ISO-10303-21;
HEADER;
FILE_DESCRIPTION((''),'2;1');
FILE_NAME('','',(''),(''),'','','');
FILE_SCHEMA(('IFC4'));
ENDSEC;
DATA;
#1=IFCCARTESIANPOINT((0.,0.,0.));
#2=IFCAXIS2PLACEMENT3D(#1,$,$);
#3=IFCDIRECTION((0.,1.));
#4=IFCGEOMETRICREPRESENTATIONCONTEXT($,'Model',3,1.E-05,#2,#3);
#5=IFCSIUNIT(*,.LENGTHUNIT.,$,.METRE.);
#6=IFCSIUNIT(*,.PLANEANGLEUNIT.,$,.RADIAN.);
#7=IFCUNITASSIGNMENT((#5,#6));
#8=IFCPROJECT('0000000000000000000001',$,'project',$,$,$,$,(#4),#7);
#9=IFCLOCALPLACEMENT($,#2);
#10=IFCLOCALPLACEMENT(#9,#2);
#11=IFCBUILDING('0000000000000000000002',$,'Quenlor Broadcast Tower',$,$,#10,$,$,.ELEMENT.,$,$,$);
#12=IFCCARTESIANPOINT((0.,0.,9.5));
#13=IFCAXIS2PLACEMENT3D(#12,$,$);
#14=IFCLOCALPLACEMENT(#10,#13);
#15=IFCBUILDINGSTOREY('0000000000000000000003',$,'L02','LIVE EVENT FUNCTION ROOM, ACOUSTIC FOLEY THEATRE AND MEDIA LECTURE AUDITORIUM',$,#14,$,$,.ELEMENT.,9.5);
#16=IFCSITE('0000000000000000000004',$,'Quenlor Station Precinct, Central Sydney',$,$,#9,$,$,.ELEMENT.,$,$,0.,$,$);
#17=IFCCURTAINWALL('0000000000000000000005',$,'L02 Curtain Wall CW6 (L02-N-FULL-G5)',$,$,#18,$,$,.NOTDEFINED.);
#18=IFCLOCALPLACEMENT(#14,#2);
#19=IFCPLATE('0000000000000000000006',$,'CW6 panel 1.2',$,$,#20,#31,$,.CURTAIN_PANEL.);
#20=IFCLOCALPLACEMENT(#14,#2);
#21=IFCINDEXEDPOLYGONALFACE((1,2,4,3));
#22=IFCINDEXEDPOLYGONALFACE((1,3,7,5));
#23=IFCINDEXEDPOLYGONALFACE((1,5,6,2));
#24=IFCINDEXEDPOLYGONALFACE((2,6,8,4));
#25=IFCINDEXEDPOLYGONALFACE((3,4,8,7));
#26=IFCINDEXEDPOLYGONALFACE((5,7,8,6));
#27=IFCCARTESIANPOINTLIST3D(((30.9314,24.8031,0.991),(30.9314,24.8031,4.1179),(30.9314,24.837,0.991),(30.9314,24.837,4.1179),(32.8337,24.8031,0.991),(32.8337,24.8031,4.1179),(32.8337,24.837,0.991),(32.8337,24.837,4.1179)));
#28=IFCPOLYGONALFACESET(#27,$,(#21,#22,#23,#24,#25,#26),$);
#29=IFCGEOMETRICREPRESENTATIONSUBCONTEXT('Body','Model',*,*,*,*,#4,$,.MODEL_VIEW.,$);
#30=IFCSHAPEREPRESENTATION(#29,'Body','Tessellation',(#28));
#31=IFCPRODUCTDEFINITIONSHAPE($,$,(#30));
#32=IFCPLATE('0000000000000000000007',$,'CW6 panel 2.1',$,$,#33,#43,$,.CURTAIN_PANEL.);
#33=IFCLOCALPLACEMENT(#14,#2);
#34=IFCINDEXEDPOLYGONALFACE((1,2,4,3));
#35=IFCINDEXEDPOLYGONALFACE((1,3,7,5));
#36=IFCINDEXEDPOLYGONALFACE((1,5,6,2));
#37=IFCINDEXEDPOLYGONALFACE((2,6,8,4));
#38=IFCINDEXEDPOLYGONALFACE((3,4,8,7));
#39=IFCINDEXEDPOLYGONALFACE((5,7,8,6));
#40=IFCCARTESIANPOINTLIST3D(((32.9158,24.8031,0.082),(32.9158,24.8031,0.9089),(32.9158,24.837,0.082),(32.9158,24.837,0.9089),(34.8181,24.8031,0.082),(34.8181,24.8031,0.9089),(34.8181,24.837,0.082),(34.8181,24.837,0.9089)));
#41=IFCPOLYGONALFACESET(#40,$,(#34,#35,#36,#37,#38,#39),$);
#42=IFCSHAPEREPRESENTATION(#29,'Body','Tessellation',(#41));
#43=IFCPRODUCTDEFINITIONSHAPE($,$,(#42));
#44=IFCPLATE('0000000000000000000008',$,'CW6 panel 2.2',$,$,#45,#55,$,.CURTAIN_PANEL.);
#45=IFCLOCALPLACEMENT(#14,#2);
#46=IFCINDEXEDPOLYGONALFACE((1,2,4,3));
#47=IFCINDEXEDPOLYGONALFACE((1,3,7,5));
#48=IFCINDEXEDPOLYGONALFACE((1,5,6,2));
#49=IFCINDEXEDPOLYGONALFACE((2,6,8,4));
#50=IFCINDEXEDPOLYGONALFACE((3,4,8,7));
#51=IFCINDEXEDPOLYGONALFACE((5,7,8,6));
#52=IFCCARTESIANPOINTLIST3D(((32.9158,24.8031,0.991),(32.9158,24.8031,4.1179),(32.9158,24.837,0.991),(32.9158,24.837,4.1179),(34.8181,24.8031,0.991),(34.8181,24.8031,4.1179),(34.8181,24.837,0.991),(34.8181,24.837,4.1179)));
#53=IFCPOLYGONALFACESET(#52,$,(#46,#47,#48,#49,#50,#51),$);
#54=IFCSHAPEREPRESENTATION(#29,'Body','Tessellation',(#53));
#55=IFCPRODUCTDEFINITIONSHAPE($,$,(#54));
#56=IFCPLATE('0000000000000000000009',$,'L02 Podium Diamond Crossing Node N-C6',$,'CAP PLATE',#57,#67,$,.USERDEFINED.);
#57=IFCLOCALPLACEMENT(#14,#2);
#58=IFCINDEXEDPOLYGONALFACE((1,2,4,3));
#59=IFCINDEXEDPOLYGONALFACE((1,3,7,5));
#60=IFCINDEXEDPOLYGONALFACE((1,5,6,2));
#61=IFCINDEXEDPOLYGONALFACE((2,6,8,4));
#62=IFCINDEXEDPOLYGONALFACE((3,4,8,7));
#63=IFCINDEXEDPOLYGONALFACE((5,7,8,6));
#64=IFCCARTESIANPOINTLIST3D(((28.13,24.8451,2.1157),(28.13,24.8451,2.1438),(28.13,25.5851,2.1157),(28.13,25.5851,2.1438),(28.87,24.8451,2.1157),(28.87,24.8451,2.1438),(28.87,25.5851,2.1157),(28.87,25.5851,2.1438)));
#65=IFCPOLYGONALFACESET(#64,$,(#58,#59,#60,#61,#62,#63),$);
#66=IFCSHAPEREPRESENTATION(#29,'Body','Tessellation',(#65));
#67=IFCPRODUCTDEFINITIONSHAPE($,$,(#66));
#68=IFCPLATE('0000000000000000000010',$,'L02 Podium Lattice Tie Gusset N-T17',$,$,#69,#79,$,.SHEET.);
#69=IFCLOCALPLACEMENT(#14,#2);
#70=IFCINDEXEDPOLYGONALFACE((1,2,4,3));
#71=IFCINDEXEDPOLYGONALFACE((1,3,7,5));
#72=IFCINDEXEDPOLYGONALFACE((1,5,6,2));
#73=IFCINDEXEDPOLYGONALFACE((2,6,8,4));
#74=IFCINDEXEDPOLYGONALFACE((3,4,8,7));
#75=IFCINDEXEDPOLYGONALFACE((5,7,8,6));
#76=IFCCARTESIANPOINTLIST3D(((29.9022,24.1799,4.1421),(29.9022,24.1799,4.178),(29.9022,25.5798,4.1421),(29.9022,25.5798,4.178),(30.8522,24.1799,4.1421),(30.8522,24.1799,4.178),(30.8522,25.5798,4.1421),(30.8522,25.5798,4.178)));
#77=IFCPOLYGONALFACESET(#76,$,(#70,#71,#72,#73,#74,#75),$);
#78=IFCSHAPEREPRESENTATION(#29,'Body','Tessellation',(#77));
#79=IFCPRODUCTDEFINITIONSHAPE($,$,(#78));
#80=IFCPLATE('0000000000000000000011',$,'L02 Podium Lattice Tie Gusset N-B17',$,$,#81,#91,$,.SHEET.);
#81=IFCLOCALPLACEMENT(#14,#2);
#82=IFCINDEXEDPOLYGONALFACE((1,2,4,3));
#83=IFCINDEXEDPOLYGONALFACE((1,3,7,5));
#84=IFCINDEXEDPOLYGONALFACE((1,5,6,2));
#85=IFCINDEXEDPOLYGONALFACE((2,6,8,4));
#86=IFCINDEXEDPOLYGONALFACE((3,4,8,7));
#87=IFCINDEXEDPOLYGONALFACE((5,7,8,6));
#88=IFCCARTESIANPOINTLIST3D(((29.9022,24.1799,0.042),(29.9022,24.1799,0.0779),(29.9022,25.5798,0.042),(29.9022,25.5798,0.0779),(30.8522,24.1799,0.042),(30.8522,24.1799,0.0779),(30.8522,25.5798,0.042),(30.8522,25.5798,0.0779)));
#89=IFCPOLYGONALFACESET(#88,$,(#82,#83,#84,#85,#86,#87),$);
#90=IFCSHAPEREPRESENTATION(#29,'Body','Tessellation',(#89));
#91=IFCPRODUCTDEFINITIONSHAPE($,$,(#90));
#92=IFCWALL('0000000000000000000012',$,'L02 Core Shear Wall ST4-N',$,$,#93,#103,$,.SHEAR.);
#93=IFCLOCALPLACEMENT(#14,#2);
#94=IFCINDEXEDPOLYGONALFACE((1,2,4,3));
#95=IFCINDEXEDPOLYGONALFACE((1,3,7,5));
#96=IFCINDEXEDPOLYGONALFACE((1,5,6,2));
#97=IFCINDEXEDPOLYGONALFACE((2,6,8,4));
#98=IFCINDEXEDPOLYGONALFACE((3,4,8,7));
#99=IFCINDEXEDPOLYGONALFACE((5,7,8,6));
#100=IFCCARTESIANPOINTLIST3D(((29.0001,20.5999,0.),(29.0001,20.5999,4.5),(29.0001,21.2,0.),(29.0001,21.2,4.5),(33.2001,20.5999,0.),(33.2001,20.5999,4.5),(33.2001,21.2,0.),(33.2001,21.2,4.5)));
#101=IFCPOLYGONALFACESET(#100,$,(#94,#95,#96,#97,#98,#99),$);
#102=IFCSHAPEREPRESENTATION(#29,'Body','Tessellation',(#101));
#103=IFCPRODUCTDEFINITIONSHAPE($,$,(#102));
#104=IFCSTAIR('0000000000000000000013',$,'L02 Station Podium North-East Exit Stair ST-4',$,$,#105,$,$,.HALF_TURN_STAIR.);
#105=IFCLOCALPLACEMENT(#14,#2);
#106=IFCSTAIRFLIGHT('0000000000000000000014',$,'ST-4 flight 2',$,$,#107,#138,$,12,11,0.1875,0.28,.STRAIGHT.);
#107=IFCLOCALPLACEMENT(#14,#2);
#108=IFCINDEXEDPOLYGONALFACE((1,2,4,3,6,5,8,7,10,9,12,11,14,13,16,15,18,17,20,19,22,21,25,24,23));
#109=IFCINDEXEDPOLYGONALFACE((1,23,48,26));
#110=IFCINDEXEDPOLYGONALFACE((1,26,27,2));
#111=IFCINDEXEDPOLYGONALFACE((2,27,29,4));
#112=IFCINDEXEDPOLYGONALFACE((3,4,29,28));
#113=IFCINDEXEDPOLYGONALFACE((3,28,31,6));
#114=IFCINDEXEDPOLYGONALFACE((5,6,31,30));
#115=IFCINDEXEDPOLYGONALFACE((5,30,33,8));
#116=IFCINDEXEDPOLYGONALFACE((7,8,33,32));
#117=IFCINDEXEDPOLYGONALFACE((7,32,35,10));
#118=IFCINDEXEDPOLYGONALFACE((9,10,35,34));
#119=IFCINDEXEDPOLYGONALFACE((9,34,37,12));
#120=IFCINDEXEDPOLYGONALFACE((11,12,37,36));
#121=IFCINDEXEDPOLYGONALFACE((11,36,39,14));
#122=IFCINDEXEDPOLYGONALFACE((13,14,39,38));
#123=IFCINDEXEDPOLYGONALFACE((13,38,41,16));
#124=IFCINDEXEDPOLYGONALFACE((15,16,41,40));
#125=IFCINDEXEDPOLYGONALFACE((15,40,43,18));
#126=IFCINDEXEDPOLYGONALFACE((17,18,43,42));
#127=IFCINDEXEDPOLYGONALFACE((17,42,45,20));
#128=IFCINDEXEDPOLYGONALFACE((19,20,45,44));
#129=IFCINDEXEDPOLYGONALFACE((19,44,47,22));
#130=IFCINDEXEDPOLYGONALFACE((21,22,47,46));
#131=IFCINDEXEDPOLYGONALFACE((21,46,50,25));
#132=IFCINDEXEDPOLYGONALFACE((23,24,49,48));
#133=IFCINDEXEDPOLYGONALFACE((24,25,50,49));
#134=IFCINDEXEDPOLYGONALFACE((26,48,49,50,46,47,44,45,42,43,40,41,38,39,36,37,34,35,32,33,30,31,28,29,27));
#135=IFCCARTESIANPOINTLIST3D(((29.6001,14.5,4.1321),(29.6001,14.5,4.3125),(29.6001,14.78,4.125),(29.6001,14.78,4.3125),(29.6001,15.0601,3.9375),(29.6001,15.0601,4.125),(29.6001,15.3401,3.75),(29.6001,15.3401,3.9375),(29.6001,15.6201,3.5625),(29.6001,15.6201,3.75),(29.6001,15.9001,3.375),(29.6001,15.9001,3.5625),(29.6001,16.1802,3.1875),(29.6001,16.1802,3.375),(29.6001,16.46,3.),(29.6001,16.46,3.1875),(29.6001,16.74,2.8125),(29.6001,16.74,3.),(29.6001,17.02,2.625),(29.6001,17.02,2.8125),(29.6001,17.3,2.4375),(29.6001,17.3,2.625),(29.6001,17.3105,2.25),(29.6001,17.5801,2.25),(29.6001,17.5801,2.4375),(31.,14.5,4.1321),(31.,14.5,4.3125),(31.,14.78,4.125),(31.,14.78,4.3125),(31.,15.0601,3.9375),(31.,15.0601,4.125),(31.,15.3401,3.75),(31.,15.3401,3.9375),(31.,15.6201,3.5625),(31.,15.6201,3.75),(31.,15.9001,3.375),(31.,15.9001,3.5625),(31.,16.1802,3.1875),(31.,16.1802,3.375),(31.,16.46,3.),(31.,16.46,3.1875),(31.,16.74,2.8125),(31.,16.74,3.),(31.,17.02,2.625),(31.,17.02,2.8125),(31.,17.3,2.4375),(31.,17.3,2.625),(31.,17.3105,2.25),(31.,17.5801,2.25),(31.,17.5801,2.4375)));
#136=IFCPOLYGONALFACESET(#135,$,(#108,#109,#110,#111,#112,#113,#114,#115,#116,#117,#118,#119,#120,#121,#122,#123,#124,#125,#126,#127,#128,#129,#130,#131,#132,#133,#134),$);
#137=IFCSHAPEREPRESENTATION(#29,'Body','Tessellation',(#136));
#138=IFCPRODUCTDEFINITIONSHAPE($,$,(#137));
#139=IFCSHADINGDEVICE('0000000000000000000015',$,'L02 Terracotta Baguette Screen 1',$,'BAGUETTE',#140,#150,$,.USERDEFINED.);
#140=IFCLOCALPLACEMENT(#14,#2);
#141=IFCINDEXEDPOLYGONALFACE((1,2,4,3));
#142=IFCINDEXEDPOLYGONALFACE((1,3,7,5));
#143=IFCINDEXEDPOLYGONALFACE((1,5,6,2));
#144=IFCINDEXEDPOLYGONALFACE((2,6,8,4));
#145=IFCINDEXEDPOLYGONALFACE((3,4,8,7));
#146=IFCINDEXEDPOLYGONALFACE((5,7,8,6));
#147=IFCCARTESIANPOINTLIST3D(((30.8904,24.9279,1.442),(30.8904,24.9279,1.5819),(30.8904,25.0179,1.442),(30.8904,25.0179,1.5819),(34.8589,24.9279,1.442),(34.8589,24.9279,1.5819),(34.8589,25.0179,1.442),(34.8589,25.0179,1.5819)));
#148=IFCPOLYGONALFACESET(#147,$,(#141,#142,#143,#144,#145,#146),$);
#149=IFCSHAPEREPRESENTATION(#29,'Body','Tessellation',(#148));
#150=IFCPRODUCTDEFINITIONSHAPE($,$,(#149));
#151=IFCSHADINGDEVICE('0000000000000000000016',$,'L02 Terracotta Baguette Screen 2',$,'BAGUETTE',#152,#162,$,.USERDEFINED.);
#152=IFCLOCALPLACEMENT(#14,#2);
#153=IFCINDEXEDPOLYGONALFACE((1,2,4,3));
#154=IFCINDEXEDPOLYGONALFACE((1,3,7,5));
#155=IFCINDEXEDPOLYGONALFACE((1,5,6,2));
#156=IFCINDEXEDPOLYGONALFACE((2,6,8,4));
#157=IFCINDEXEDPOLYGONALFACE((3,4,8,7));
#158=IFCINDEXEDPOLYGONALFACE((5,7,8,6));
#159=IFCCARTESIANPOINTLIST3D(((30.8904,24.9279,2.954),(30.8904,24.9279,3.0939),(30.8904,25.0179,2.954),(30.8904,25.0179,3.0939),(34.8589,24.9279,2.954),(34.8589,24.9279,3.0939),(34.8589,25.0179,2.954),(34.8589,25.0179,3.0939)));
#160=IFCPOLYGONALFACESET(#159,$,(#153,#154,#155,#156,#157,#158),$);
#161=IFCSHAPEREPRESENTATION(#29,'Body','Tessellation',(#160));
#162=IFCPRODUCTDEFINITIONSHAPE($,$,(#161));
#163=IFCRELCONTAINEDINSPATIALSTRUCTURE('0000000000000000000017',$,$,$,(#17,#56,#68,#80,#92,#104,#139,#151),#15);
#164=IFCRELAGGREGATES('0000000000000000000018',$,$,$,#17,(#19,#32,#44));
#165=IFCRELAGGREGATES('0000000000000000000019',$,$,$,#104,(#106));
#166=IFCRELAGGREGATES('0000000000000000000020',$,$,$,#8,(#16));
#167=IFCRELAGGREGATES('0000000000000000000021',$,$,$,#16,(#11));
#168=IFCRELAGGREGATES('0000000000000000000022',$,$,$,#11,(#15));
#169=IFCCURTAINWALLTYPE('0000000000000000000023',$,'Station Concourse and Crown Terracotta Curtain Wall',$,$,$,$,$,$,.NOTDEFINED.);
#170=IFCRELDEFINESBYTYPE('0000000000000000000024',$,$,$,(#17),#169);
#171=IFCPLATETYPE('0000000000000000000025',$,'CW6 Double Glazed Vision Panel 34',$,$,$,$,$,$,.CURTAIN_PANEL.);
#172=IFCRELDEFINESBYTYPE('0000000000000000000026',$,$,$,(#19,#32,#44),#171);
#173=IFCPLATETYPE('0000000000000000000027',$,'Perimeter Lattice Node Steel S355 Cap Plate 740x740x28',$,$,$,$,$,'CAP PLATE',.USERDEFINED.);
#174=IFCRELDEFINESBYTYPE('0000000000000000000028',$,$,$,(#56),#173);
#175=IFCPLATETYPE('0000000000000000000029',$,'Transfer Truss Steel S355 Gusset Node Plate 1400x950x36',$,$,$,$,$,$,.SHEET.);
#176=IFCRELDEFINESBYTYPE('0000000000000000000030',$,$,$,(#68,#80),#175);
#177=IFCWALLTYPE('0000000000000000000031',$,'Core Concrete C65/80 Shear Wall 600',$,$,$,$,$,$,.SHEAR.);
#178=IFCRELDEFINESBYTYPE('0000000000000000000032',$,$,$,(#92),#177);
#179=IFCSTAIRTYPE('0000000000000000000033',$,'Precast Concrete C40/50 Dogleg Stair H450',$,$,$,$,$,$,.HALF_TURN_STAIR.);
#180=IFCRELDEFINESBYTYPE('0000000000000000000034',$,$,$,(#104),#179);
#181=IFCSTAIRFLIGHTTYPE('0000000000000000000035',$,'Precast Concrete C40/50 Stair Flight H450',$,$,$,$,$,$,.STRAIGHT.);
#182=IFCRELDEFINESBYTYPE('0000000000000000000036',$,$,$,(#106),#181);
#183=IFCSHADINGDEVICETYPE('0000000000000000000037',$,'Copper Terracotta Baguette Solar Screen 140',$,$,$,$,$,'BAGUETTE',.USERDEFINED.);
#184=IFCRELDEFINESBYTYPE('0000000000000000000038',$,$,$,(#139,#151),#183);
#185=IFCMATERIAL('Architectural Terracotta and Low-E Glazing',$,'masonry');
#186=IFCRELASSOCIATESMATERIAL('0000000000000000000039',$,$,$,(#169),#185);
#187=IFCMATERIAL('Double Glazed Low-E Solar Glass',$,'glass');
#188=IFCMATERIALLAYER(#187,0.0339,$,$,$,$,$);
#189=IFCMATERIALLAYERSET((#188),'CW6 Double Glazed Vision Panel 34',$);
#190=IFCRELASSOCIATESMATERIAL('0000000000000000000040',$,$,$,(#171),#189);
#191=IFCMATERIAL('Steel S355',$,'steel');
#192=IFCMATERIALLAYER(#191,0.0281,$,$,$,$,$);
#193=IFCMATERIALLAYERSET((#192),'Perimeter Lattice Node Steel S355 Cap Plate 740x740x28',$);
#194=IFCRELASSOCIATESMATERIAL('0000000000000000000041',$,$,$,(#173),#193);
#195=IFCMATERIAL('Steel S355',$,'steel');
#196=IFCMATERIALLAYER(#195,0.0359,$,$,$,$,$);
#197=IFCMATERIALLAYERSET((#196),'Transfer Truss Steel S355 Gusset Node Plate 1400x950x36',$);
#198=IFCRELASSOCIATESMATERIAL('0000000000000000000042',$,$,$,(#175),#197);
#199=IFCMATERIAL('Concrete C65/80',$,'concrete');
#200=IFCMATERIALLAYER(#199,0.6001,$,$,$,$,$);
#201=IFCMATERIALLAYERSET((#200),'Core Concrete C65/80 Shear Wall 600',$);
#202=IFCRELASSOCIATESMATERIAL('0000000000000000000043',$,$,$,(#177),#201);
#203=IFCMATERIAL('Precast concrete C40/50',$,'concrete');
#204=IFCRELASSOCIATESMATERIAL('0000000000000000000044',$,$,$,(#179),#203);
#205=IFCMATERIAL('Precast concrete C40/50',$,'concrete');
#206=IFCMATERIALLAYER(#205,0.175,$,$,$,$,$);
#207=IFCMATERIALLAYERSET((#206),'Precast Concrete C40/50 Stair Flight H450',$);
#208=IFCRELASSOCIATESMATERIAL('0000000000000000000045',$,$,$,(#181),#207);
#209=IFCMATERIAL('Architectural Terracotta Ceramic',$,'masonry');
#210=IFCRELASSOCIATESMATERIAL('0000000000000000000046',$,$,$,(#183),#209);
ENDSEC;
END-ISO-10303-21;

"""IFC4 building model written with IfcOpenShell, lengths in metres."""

from ifc_helpers import new_model, si_unit, direction, frame, frame_2d, origin, origin_2d, place, context, subcontext, project, spatial, polyline, rectangle, outline, extrude, material, layer, layer_set, material_profile, profile_set, type_object, element, aggregate, save


model = new_model("IFC4")

# Units and contexts
model_context = context("Model", 3, precision=1e-05, world=origin(), true_north=direction((0.0, 1.0)))
body_context = subcontext(model_context, "Body", "Model", "MODEL_VIEW")
ifc_project = project(units=[si_unit("LENGTHUNIT", "METRE"), si_unit("PLANEANGLEUNIT", "RADIAN")], contexts=[model_context])

# Site, building, storey
site_placement = place(None, origin())
site = spatial("IfcSite", under=ifc_project, at=site_placement, Name="Quenlor Station Precinct, Central Sydney", CompositionType="ELEMENT", RefElevation=0.0)
building_placement = place(site_placement, origin())
building = spatial("IfcBuilding", under=site, at=building_placement, Name="Quenlor Broadcast Tower", CompositionType="ELEMENT")
storey_placement = place(building_placement, frame((0.0, 0.0, 9.5)))
storey = spatial("IfcBuildingStorey", under=building, at=storey_placement, Name="L02", Description="LIVE EVENT FUNCTION ROOM, ACOUSTIC FOLEY THEATRE AND MEDIA LECTURE AUDITORIUM", CompositionType="ELEMENT", Elevation=9.5)

# Curtain wall
ifc_material_1 = material(Name="Architectural Terracotta and Low-E Glazing", Category="masonry")
curtain_wall_type = type_object("IfcCurtainWallType", Name="Station Concourse and Crown Terracotta Curtain Wall", PredefinedType="NOTDEFINED", material=ifc_material_1)
curtain_wall_placement = place(storey_placement, origin())
curtain_wall = element("IfcCurtainWall", 1, at=curtain_wall_placement, inside=storey, type_object=curtain_wall_type, Name="L02 Curtain Wall CW6 (L02-N-FULL-G5)", PredefinedType="NOTDEFINED")

# Plates
ifc_material_2 = material(Name="Double Glazed Low-E Solar Glass", Category="glass")
ifc_layer_1 = layer(ifc_material_2, 0.0339)
ifc_layer_set_1 = layer_set([ifc_layer_1], Name="CW6 Double Glazed Vision Panel 34")
plate_type_1 = type_object("IfcPlateType", Name="CW6 Double Glazed Vision Panel 34", PredefinedType="CURTAIN_PANEL", material=ifc_layer_set_1)
plate_1_placement = place(storey_placement, frame((31.8826, 24.8201, 0.991), z_axis=(0.0, 0.0, 1.0), x_axis=(1.0, 0.0, 0.0)))
plate_1 = element("IfcPlate", 2, at=plate_1_placement, type_object=plate_type_1, Name="CW6 panel 1.2", PredefinedType="CURTAIN_PANEL", context=body_context, shape_type="SweptSolid", body=[
    extrude(rectangle(XDim=1.9023, YDim=0.0339, at=origin_2d()), origin(), (0.0, 0.0, 1.0), 3.127),
])
plate_2_placement = place(storey_placement, frame((33.8669, 24.8201, 0.082), z_axis=(0.0, 0.0, 1.0), x_axis=(1.0, 0.0, 0.0)))
plate_2 = element("IfcPlate", 3, at=plate_2_placement, type_object=plate_type_1, Name="CW6 panel 2.1", PredefinedType="CURTAIN_PANEL", context=body_context, shape_type="SweptSolid", body=[
    extrude(rectangle(XDim=1.9023, YDim=0.0339, at=origin_2d()), origin(), (0.0, 0.0, 1.0), 0.8269),
])
plate_3_placement = place(storey_placement, frame((33.8669, 24.8201, 0.991), z_axis=(0.0, 0.0, 1.0), x_axis=(1.0, 0.0, 0.0)))
plate_3 = element("IfcPlate", 4, at=plate_3_placement, type_object=plate_type_1, Name="CW6 panel 2.2", PredefinedType="CURTAIN_PANEL", context=body_context, shape_type="SweptSolid", body=[
    extrude(rectangle(XDim=1.9023, YDim=0.0339, at=origin_2d()), origin(), (0.0, 0.0, 1.0), 3.127),
])
aggregate(curtain_wall, [plate_1, plate_2, plate_3])

# Plates
ifc_material_3 = material(Name="Steel S355", Category="steel")
ifc_layer_2 = layer(ifc_material_3, 0.0281)
ifc_layer_set_2 = layer_set([ifc_layer_2], Name="Perimeter Lattice Node Steel S355 Cap Plate 740x740x28")
plate_type_2 = type_object("IfcPlateType", Name="Perimeter Lattice Node Steel S355 Cap Plate 740x740x28", ElementType="CAP PLATE", PredefinedType="USERDEFINED", material=ifc_layer_set_2)
plate_4_placement = place(storey_placement, frame((28.5, 25.2151, 2.1157), z_axis=(0.0, 0.0, 1.0), x_axis=(1.0, 0.0, 0.0)))
element("IfcPlate", 5, at=plate_4_placement, inside=storey, type_object=plate_type_2, Name="L02 Podium Diamond Crossing Node N-C6", ObjectType="CAP PLATE", PredefinedType="USERDEFINED", context=body_context, shape_type="SweptSolid", body=[
    extrude(rectangle(XDim=0.74, YDim=0.74, at=origin_2d()), origin(), (0.0, 0.0, 1.0), 0.0281),
])
ifc_material_4 = material(Name="Steel S355", Category="steel")
ifc_layer_3 = layer(ifc_material_4, 0.0359)
ifc_layer_set_3 = layer_set([ifc_layer_3], Name="Transfer Truss Steel S355 Gusset Node Plate 1400x950x36")
plate_type_3 = type_object("IfcPlateType", Name="Transfer Truss Steel S355 Gusset Node Plate 1400x950x36", PredefinedType="SHEET", material=ifc_layer_set_3)
for number, where, z_axis, x_axis, name in (
    (6, (30.3772, 24.8799, 4.1421), (0.0, 0.0, 1.0), (0.0, 1.0, 0.0), "L02 Podium Lattice Tie Gusset N-T17"),
    (7, (30.3772, 24.8799, 0.042), (0.0, 0.0, 1.0), (0.0, 1.0, 0.0), "L02 Podium Lattice Tie Gusset N-B17"),
):
    element("IfcPlate", number, at=place(storey_placement, frame(where, z_axis=z_axis, x_axis=x_axis)), inside=storey, type_object=plate_type_3, Name=name, PredefinedType="SHEET", context=body_context, shape_type="SweptSolid", body=[
        extrude(rectangle(XDim=1.3999, YDim=0.95, at=origin_2d()), origin(), (0.0, 0.0, 1.0), 0.0359),
    ])

# Wall
ifc_material_5 = material(Name="Concrete C65/80", Category="concrete")
ifc_layer_4 = layer(ifc_material_5, 0.6001)
ifc_layer_set_4 = layer_set([ifc_layer_4], Name="Core Concrete C65/80 Shear Wall 600")
wall_type = type_object("IfcWallType", Name="Core Concrete C65/80 Shear Wall 600", PredefinedType="SHEAR", material=ifc_layer_set_4)
wall_placement = place(storey_placement, frame((29.0, 20.8999, 0.0), z_axis=(0.0, 0.0, 1.0), x_axis=(1.0, 0.0, 0.0)))
element("IfcWall", 8, at=wall_placement, inside=storey, type_object=wall_type, Name="L02 Core Shear Wall ST4-N", PredefinedType="SHEAR", context=body_context, shape_type="SweptSolid", body=[
    extrude(rectangle(XDim=4.2, YDim=0.6001, at=frame_2d((2.1001, 0.0))), origin(), (0.0, 0.0, 1.0), 4.5),
])

# Stair, stair flight
ifc_material_6 = material(Name="Precast concrete C40/50", Category="concrete")
stair_type = type_object("IfcStairType", Name="Precast Concrete C40/50 Dogleg Stair H450", PredefinedType="HALF_TURN_STAIR", material=ifc_material_6)
stair_placement = place(storey_placement, origin())
stair = element("IfcStair", 9, at=stair_placement, inside=storey, type_object=stair_type, Name="L02 Station Podium North-East Exit Stair ST-4", PredefinedType="HALF_TURN_STAIR")
ifc_material_7 = material(Name="Precast concrete C40/50", Category="concrete")
ifc_layer_5 = layer(ifc_material_7, 0.175)
ifc_layer_set_5 = layer_set([ifc_layer_5], Name="Precast Concrete C40/50 Stair Flight H450")
stair_flight_type = type_object("IfcStairFlightType", Name="Precast Concrete C40/50 Stair Flight H450", PredefinedType="STRAIGHT", material=ifc_layer_set_5)
stair_flight_placement = place(storey_placement, frame((30.3, 17.5801, 2.25), z_axis=(0.0, 0.0, 1.0), x_axis=(0.0, -1.0, 0.0)))
stair_flight = element("IfcStairFlight", 10, at=stair_flight_placement, type_object=stair_flight_type, Name="ST-4 flight 2", NumberOfRisers=12, NumberOfTreads=11, PredefinedType="STRAIGHT", RiserHeight=0.1875, TreadLength=0.28, context=body_context, shape_type="SweptSolid", body=[
    extrude(outline(polyline([(0.0, 0.0), (0.0, 0.1875), (0.28, 0.1875), (0.28, 0.375), (0.5601, 0.375), (0.5601, 0.5625), (0.8401, 0.5625), (0.8401, 0.75), (1.1201, 0.75), (1.1201, 0.9375), (1.3999, 0.9375), (1.3999, 1.125), (1.6799, 1.125), (1.6799, 1.3125), (1.96, 1.3125), (1.96, 1.5), (2.24, 1.5), (2.24, 1.6875), (2.52, 1.6875), (2.52, 1.875), (2.8, 1.875), (2.8, 2.0625), (3.0801, 2.0625), (3.0801, 2.25), (3.0801, 1.8821), (0.2695, 0.0), (0.0, 0.0)])), frame((0.0, 0.7, 0.0), z_axis=(0.0, -1.0, 0.0), x_axis=(1.0, 0.0, 0.0)), (0.0, 0.0, 1.0), 1.3999),
])
aggregate(stair, [stair_flight])

# Shading devices
ifc_material_8 = material(Name="Architectural Terracotta Ceramic", Category="masonry")
ifc_material_profile_1 = material_profile(ifc_material_8, rectangle(XDim=0.0901, YDim=0.1399, at=origin_2d()))
ifc_profile_set_1 = profile_set([ifc_material_profile_1], Name="Architectural Terracotta Ceramic BAG90x140")
shading_device_type = type_object("IfcShadingDeviceType", Name="Copper Terracotta Baguette Solar Screen 140", ElementType="BAGUETTE", PredefinedType="USERDEFINED", material=ifc_profile_set_1)
for number, where, z_axis, x_axis, name in (
    (11, (30.8904, 24.9729, 1.512), (1.0, 0.0, 0.0), (0.0, 1.0, 0.0), "L02 Terracotta Baguette Screen 1"),
    (12, (30.8904, 24.9729, 3.0239), (1.0, 0.0, 0.0), (0.0, 1.0, 0.0), "L02 Terracotta Baguette Screen 2"),
):
    element("IfcShadingDevice", number, at=place(storey_placement, frame(where, z_axis=z_axis, x_axis=x_axis)), inside=storey, type_object=shading_device_type, Name=name, ObjectType="BAGUETTE", PredefinedType="USERDEFINED", context=body_context, shape_type="SweptSolid", body=[
        extrude(rectangle(XDim=0.0901, YDim=0.1399, at=origin_2d()), origin(), (0.0, 0.0, 1.0), 3.9685),
    ])

save(model, "model.ifc")
